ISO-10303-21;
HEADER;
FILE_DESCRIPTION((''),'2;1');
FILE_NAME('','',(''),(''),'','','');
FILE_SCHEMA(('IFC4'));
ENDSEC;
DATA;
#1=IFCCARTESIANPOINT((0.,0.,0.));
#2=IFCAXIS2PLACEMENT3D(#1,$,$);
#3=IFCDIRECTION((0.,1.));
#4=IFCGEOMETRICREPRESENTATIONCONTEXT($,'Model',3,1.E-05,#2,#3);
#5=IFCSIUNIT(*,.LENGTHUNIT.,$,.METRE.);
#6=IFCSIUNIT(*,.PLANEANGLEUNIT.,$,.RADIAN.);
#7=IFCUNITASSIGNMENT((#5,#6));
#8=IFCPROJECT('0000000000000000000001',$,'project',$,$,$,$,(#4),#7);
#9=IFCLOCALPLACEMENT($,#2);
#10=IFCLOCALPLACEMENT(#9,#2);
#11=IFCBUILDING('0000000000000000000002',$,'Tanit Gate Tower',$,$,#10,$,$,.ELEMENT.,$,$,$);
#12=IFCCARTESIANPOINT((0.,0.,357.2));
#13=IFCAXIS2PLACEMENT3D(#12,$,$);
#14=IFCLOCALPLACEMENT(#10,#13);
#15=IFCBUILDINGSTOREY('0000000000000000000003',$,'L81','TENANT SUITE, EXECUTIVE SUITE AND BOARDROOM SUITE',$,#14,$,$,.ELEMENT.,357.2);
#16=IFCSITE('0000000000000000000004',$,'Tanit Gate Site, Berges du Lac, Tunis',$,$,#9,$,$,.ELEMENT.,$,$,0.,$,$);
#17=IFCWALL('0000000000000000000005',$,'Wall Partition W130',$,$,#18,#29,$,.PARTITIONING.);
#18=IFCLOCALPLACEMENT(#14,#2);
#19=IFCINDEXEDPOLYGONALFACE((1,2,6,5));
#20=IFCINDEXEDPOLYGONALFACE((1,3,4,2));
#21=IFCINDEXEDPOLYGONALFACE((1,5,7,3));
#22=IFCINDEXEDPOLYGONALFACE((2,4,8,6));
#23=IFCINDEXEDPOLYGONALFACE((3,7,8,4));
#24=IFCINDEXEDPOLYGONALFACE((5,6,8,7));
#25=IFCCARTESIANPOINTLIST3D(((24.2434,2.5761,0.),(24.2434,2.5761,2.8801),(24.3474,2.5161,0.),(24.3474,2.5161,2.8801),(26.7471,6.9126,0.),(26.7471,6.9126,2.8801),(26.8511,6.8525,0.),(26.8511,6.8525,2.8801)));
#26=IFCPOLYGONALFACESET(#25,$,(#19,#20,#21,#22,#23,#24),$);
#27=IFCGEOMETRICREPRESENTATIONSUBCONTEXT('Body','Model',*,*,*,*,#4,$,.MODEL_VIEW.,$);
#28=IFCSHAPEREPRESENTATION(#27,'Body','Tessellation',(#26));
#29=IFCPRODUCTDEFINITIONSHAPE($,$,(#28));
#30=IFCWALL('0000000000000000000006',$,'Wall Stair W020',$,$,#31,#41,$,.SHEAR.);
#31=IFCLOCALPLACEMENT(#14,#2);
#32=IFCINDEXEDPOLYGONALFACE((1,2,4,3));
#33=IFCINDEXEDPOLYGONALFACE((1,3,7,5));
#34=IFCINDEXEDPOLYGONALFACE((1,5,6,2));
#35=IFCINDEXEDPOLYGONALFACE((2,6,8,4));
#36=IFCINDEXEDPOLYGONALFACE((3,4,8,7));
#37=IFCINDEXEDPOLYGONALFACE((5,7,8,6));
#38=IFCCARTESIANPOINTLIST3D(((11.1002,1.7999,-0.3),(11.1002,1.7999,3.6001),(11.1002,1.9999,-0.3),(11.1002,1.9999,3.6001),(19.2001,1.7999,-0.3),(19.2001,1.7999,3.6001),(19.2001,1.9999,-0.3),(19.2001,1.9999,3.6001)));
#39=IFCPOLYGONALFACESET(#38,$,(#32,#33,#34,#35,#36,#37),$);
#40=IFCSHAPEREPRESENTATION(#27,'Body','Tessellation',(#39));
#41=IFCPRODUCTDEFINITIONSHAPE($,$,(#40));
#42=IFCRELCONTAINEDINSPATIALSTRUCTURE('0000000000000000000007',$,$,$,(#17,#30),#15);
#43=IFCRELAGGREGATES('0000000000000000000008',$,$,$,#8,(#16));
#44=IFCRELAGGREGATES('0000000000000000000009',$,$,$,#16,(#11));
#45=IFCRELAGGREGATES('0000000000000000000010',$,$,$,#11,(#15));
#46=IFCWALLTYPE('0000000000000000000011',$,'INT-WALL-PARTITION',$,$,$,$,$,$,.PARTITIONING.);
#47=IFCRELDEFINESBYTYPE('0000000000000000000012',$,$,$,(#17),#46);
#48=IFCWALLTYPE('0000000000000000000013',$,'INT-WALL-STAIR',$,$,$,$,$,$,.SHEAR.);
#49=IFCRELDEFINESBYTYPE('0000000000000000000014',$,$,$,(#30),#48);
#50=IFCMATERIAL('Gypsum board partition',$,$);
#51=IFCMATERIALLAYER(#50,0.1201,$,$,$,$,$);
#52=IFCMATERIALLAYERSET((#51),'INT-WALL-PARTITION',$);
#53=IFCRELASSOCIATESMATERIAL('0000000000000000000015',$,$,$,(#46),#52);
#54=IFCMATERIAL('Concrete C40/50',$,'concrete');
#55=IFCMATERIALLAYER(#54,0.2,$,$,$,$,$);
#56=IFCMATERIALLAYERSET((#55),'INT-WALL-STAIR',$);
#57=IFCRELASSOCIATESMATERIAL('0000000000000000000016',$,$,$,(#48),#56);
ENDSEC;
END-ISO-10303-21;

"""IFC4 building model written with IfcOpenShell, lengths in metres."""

from ifc_helpers import new_model, si_unit, direction, frame, frame_2d, origin, place, context, subcontext, project, spatial, rectangle, extrude, material, layer, layer_set, type_object, element, save


model = new_model("IFC4")

# Units and contexts
model_context = context("Model", 3, precision=1e-05, world=origin(), true_north=direction((0.0, 1.0)))
body_context = subcontext(model_context, "Body", "Model", "MODEL_VIEW")
ifc_project = project(units=[si_unit("LENGTHUNIT", "METRE"), si_unit("PLANEANGLEUNIT", "RADIAN")], contexts=[model_context])

# Site, building, storey
site_placement = place(None, origin())
site = spatial("IfcSite", under=ifc_project, at=site_placement, Name="Tanit Gate Site, Berges du Lac, Tunis", CompositionType="ELEMENT", RefElevation=0.0)
building_placement = place(site_placement, origin())
building = spatial("IfcBuilding", under=site, at=building_placement, Name="Tanit Gate Tower", CompositionType="ELEMENT")
storey_placement = place(building_placement, frame((0.0, 0.0, 357.2)))
storey = spatial("IfcBuildingStorey", under=building, at=storey_placement, Name="L81", Description="TENANT SUITE, EXECUTIVE SUITE AND BOARDROOM SUITE", CompositionType="ELEMENT", Elevation=357.2)

# Shared definitions
ifc_material_1 = material(Name="Gypsum board partition")
ifc_layer_1 = layer(ifc_material_1, 0.1201)
ifc_layer_set_1 = layer_set([ifc_layer_1], Name="INT-WALL-PARTITION")
wall_type_1 = type_object("IfcWallType", Name="INT-WALL-PARTITION", PredefinedType="PARTITIONING", material=ifc_layer_set_1)

# Walls
wall_1_placement = place(storey_placement, frame((26.7991, 6.8826, 0.0), z_axis=(0.0, 0.0, 1.0), x_axis=(-0.500004, -0.866023, 0.0)))
element("IfcWall", 1, at=wall_1_placement, inside=storey, type_object=wall_type_1, Name="Wall Partition W130", PredefinedType="PARTITIONING", context=body_context, shape_type="SweptSolid", body=[
    extrude(rectangle(XDim=5.0073, YDim=0.1201, at=frame_2d((2.5037, 0.0))), origin(), (0.0, 0.0, 1.0), 2.8801),
])
ifc_material_2 = material(Name="Concrete C40/50", Category="concrete")
ifc_layer_2 = layer(ifc_material_2, 0.2)
ifc_layer_set_2 = layer_set([ifc_layer_2], Name="INT-WALL-STAIR")
wall_type_2 = type_object("IfcWallType", Name="INT-WALL-STAIR", PredefinedType="SHEAR", material=ifc_layer_set_2)
wall_2_placement = place(storey_placement, frame((19.2, 1.8999, -0.3), z_axis=(0.0, 0.0, 1.0), x_axis=(-1.0, 0.0, 0.0)))
element("IfcWall", 2, at=wall_2_placement, inside=storey, type_object=wall_type_2, Name="Wall Stair W020", PredefinedType="SHEAR", context=body_context, shape_type="SweptSolid", body=[
    extrude(rectangle(XDim=8.0999, YDim=0.2, at=frame_2d((4.0498, 0.0))), origin(), (0.0, 0.0, 1.0), 3.9001),
])

save(model, "model.ifc")
